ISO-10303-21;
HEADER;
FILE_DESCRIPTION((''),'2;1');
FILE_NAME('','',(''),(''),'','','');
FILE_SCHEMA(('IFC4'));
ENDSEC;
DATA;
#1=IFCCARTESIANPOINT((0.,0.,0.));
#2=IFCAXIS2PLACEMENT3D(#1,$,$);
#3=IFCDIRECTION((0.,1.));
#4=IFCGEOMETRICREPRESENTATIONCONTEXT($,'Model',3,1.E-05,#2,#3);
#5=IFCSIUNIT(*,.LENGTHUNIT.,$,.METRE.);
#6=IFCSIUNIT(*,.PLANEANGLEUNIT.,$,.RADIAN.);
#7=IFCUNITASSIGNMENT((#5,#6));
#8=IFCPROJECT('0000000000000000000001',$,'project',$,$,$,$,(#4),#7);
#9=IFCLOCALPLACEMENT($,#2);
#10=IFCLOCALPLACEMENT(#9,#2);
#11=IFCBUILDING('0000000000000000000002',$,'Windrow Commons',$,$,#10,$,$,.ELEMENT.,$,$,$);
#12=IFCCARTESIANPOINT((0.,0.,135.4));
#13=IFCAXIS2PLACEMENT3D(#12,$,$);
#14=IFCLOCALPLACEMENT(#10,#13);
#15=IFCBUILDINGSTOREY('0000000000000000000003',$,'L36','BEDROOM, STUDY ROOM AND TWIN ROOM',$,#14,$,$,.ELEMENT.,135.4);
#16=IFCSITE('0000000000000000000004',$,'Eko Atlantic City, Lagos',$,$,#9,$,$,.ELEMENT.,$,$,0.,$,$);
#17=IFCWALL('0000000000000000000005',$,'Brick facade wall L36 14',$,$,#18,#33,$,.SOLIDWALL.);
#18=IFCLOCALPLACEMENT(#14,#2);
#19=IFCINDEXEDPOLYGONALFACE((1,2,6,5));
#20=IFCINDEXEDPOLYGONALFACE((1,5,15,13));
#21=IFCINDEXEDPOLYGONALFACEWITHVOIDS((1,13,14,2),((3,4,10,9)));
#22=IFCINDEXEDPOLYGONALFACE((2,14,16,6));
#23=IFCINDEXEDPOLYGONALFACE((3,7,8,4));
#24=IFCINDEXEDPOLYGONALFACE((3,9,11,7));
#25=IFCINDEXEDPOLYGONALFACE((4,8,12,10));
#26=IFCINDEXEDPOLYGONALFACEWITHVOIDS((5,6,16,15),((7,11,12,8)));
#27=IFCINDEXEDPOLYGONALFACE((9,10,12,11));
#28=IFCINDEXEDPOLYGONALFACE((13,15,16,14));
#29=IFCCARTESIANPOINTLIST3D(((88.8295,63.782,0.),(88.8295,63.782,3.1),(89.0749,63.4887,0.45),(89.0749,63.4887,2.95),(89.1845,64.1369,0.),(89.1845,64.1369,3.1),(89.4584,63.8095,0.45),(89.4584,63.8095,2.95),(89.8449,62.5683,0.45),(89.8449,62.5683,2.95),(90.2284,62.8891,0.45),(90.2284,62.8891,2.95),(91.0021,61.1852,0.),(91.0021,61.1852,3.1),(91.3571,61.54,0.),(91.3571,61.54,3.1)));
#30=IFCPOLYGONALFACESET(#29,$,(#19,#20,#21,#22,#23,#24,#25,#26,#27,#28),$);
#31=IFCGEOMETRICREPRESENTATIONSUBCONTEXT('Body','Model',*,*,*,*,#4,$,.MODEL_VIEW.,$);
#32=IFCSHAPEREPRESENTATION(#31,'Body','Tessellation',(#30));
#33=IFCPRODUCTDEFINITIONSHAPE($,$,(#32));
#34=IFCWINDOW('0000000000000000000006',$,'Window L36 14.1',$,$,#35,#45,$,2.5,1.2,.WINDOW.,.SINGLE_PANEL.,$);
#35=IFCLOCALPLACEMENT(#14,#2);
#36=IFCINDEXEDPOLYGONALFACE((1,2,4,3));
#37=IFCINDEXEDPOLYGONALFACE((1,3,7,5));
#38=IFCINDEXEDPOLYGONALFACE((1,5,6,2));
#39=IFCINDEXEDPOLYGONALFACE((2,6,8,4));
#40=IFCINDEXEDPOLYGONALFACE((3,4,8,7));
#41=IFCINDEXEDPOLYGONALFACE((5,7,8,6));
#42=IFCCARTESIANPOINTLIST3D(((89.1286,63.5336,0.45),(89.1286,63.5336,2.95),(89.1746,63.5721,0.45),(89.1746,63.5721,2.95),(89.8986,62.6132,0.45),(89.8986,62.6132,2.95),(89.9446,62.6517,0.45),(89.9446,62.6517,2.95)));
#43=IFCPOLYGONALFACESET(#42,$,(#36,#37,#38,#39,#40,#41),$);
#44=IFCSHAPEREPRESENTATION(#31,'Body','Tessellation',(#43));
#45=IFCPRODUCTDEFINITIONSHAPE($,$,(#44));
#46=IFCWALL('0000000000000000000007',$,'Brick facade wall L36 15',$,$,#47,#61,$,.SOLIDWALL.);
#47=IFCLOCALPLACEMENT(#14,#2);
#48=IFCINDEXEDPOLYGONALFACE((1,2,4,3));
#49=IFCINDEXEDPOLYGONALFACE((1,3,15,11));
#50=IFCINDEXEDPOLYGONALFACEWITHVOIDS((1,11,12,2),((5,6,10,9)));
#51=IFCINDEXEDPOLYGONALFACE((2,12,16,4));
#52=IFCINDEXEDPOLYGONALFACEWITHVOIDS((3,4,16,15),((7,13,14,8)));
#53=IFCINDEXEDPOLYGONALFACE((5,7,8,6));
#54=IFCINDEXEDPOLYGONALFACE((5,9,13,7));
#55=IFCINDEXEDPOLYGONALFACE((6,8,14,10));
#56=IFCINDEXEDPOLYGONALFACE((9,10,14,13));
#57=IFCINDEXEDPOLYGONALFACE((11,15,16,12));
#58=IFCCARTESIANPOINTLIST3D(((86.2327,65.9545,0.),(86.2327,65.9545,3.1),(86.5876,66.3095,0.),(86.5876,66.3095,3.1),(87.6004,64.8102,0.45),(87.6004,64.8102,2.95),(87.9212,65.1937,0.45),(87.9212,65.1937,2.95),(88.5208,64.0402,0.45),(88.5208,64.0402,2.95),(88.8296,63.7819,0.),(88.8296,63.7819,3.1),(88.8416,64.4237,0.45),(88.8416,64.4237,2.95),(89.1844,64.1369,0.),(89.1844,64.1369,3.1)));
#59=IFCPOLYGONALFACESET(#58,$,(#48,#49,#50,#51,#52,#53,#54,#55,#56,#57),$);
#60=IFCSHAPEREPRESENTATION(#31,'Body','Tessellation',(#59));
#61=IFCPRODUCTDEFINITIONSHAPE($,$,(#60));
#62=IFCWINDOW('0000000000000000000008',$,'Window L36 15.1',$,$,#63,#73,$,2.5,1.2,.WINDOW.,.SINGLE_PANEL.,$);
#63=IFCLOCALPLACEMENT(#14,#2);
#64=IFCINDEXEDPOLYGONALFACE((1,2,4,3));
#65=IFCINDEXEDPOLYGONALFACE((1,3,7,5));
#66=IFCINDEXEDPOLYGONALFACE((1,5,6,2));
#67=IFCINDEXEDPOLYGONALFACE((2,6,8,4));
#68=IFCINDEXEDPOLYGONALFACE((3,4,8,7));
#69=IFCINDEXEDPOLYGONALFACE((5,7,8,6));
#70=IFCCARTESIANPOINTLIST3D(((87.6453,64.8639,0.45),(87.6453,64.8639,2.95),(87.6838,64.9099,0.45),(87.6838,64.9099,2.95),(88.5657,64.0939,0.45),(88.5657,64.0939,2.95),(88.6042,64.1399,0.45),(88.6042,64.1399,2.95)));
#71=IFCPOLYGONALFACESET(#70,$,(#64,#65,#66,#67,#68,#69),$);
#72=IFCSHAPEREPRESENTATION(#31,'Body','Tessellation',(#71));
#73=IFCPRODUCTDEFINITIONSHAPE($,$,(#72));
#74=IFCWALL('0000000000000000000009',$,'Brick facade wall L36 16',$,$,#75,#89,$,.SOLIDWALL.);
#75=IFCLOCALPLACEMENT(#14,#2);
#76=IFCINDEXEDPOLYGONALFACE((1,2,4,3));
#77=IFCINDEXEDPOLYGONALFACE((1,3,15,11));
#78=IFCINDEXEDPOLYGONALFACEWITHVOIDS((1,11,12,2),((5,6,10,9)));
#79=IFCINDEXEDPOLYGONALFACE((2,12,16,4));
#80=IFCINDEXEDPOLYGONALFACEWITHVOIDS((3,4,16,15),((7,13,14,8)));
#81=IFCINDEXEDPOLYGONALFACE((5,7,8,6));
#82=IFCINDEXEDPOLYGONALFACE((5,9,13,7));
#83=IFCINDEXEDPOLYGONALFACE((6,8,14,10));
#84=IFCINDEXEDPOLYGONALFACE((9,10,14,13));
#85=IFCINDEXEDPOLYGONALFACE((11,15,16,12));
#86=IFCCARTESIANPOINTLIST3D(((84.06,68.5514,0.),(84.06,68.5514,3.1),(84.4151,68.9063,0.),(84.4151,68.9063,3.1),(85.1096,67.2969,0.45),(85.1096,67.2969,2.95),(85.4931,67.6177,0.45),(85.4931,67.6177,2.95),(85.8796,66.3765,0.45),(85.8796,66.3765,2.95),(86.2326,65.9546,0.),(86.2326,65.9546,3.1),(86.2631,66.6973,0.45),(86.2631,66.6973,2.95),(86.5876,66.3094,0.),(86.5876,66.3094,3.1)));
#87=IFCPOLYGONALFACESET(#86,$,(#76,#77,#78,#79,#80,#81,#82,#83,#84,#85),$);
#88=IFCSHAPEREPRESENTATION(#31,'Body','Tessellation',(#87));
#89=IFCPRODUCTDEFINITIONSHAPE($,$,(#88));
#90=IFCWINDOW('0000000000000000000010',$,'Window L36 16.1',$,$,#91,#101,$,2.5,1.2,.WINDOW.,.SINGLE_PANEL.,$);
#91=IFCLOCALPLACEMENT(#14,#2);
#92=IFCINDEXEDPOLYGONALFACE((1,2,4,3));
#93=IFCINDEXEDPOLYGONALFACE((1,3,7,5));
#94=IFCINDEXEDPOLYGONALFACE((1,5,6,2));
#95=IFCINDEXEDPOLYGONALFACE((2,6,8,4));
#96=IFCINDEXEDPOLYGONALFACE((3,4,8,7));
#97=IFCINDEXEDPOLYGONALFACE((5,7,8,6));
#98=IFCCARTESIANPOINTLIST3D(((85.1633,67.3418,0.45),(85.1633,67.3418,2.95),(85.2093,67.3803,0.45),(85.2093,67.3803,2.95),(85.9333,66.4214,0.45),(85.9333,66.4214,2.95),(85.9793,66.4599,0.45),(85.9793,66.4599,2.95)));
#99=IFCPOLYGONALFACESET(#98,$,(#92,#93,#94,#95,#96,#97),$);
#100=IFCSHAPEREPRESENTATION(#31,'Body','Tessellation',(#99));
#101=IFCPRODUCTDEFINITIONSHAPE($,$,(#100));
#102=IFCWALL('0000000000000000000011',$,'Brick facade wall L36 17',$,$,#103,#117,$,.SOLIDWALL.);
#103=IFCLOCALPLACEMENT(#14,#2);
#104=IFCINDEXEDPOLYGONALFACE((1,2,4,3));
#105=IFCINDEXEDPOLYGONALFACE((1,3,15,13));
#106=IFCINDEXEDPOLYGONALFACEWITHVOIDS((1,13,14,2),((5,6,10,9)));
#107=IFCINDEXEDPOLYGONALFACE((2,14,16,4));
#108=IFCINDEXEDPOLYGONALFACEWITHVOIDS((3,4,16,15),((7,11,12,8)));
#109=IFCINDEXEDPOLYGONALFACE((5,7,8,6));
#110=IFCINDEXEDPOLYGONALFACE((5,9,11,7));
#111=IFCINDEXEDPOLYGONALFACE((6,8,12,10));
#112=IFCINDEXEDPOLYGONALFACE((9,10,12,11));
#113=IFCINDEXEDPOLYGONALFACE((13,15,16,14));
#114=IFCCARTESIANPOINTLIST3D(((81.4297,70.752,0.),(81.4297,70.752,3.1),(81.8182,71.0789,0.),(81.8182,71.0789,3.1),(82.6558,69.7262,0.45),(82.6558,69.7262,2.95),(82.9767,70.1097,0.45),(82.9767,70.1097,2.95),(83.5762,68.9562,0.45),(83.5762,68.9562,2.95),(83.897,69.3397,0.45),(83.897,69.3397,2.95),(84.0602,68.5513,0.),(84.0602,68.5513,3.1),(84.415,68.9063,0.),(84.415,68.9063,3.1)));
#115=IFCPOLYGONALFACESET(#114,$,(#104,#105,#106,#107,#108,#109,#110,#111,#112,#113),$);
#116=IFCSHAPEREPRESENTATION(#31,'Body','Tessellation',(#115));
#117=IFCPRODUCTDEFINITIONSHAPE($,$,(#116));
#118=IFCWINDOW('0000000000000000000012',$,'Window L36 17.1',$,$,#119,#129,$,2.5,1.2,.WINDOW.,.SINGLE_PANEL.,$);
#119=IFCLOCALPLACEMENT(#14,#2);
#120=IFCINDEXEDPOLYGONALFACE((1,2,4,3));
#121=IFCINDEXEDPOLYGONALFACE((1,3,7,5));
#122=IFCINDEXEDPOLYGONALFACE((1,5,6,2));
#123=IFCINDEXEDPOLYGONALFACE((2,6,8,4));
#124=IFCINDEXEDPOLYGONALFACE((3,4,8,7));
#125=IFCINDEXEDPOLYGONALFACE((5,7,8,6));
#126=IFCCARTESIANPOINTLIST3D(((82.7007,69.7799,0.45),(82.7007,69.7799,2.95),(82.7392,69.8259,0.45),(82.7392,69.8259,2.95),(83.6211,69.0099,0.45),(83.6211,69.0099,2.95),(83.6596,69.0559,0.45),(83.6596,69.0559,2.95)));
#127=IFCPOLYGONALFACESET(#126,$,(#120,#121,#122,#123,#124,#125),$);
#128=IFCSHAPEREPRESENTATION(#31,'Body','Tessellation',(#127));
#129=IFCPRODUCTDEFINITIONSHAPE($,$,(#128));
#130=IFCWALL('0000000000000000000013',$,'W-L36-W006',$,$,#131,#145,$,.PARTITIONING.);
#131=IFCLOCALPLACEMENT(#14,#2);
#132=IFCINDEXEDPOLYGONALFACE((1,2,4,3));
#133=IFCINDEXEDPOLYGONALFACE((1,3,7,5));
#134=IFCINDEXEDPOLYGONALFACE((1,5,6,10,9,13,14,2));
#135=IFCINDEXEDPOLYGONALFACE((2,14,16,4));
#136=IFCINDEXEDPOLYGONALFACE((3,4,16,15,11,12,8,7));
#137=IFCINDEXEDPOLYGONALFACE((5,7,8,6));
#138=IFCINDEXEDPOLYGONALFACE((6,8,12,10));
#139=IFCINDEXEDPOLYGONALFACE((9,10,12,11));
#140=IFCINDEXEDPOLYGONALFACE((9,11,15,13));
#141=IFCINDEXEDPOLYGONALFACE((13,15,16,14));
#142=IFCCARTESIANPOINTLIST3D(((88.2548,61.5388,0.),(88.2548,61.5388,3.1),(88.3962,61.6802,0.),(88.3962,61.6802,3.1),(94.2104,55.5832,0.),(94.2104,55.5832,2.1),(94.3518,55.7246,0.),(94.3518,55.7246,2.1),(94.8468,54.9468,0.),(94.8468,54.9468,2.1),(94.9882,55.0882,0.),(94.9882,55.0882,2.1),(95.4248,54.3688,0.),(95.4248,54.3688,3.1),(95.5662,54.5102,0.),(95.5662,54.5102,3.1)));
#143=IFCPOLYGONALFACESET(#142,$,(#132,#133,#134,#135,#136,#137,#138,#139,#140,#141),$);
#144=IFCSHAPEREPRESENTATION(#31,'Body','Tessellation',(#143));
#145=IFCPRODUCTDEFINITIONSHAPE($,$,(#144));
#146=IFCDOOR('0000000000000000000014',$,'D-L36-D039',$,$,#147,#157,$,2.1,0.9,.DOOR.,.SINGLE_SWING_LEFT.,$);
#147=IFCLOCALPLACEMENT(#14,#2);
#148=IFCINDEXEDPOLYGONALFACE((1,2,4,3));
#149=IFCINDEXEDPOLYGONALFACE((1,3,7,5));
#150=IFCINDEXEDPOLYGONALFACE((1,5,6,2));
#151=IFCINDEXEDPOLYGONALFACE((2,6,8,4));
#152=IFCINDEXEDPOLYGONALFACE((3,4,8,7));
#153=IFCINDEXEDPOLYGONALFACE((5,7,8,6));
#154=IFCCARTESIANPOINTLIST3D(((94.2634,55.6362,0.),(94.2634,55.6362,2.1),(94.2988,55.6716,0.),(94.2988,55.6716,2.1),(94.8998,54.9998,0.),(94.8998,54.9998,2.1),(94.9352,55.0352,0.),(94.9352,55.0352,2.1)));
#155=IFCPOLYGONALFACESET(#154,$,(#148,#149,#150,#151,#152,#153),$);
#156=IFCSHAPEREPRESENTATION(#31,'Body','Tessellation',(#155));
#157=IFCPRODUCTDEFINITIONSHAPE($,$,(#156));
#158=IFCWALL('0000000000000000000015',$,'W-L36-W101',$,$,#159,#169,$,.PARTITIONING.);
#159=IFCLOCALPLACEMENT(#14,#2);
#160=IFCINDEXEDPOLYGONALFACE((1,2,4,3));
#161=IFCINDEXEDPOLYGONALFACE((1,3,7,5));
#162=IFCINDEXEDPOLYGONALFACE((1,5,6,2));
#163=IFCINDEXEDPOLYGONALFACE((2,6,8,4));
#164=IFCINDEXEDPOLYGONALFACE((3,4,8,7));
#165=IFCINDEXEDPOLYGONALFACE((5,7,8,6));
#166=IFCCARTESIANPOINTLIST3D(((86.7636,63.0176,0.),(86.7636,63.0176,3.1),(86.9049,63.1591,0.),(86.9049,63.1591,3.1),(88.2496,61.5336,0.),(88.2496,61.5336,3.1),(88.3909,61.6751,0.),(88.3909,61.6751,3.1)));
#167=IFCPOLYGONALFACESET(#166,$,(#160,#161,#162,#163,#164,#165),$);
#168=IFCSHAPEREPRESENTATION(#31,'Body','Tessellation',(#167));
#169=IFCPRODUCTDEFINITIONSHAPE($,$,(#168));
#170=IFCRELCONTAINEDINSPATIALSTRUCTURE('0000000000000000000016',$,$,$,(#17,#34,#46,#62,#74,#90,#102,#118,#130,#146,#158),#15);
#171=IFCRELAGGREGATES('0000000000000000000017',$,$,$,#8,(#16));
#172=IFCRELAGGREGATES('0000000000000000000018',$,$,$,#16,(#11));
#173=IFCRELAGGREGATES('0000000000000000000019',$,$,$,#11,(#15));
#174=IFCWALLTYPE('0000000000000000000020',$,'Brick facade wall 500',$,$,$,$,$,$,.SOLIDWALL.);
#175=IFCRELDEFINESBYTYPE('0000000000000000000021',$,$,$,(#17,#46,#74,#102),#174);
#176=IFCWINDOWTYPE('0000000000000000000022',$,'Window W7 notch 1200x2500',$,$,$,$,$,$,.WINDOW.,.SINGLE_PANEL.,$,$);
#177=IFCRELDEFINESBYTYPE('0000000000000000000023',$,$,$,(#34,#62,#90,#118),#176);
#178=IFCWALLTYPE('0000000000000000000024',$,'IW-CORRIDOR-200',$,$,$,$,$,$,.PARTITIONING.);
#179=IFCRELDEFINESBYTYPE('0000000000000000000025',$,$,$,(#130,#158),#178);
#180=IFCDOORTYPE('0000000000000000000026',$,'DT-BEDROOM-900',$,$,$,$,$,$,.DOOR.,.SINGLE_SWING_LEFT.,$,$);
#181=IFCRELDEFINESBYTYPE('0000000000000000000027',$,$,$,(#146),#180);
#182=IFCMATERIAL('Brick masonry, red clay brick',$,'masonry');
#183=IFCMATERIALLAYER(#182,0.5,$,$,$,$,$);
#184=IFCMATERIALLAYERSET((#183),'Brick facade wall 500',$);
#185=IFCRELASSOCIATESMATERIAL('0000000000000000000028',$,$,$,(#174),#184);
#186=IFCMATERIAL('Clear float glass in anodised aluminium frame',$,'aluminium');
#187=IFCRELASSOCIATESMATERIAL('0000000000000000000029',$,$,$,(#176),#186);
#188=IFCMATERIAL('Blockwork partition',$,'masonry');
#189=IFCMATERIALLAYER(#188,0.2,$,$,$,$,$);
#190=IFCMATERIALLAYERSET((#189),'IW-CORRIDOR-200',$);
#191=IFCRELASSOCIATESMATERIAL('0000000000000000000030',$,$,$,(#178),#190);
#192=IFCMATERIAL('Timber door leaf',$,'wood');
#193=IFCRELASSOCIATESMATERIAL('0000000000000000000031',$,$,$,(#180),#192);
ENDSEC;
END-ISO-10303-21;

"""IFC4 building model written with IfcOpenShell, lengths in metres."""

from ifc_helpers import new_model, si_unit, direction, frame, frame_2d, origin, place, context, subcontext, project, spatial, polyline, rectangle, outline, extrude, material, layer, layer_set, type_object, element, fill, save


model = new_model("IFC4")

# Units and contexts
model_context = context("Model", 3, precision=1e-05, world=origin(), true_north=direction((0.0, 1.0)))
body_context = subcontext(model_context, "Body", "Model", "MODEL_VIEW")
ifc_project = project(units=[si_unit("LENGTHUNIT", "METRE"), si_unit("PLANEANGLEUNIT", "RADIAN")], contexts=[model_context])

# Site, building, storey
site_placement = place(None, origin())
site = spatial("IfcSite", under=ifc_project, at=site_placement, Name="Eko Atlantic City, Lagos", CompositionType="ELEMENT", RefElevation=0.0)
building_placement = place(site_placement, origin())
building = spatial("IfcBuilding", under=site, at=building_placement, Name="Windrow Commons", CompositionType="ELEMENT")
storey_placement = place(building_placement, frame((0.0, 0.0, 135.4)))
storey = spatial("IfcBuildingStorey", under=building, at=storey_placement, Name="L36", Description="BEDROOM, STUDY ROOM AND TWIN ROOM", CompositionType="ELEMENT", Elevation=135.4)

# Walls, openings, windows
ifc_material_1 = material(Name="Brick masonry, red clay brick", Category="masonry")
ifc_layer_1 = layer(ifc_material_1, 0.5)
ifc_layer_set_1 = layer_set([ifc_layer_1], Name="Brick facade wall 500")
wall_type_1 = type_object("IfcWallType", Name="Brick facade wall 500", PredefinedType="SOLIDWALL", material=ifc_layer_set_1)
ifc_material_2 = material(Name="Clear float glass in anodised aluminium frame", Category="aluminium")
window_type = type_object("IfcWindowType", Name="Window W7 notch 1200x2500", PartitioningType="SINGLE_PANEL", PredefinedType="WINDOW", material=ifc_material_2)
wall_1_placement = place(storey_placement, frame((91.1796, 61.3626, 0.0), z_axis=(0.0, 0.0, 1.0), x_axis=(-0.641682, 0.766971, 0.0)))
wall_1 = element("IfcWall", 1, at=wall_1_placement, inside=storey, type_object=wall_type_1, Name="Brick facade wall L36 14", PredefinedType="SOLIDWALL", context=body_context, shape_type="SweptSolid", body=[
    extrude(outline(polyline([(0.0222, -0.25), (3.408, -0.25), (3.3636, 0.25), (-0.0222, 0.25), (0.0222, -0.25)])), origin(), (0.0, 0.0, 1.0), 3.1),
])
opening_1_placement = place(wall_1_placement, frame((1.7812, 0.0, 0.45)))
opening_1 = element("IfcOpeningElement", 2, at=opening_1_placement, cuts=wall_1, PredefinedType="OPENING", context=body_context, shape_type="SweptSolid", body=[
    extrude(rectangle(XDim=1.2, YDim=2.5, at=frame_2d((0.6, 1.25))), frame((0.0, 0.26, 0.0), z_axis=(0.0, -1.0, 0.0), x_axis=(1.0, 0.0, 0.0)), (0.0, 0.0, 1.0), 0.52),
])
window_1_placement = place(opening_1_placement, origin())
window_1 = element("IfcWindow", 3, at=window_1_placement, inside=storey, type_object=window_type, Name="Window L36 14.1", OverallHeight=2.5, OverallWidth=1.2, PartitioningType="SINGLE_PANEL", PredefinedType="WINDOW", context=body_context, shape_type="SweptSolid", body=[
    extrude(rectangle(XDim=1.2, YDim=2.5, at=frame_2d((0.6, 1.25))), frame((0.0, 0.18, 0.0), z_axis=(0.0, -1.0, 0.0), x_axis=(1.0, 0.0, 0.0)), (0.0, 0.0, 1.0), 0.06),
])
fill(opening_1, window_1)
wall_2_placement = place(storey_placement, frame((89.007, 63.9594, 0.0), z_axis=(0.0, 0.0, 1.0), x_axis=(-0.766983, 0.641668, 0.0)))
wall_2 = element("IfcWall", 4, at=wall_2_placement, inside=storey, type_object=wall_type_1, Name="Brick facade wall L36 15", PredefinedType="SOLIDWALL", context=body_context, shape_type="SweptSolid", body=[
    extrude(outline(polyline([(-0.0222, -0.25), (3.3636, -0.25), (3.408, 0.25), (0.0222, 0.25), (-0.0222, -0.25)])), origin(), (0.0, 0.0, 1.0), 3.1),
])
opening_2_placement = place(wall_2_placement, frame((0.4248, 0.0, 0.45)))
opening_2 = element("IfcOpeningElement", 5, at=opening_2_placement, cuts=wall_2, PredefinedType="OPENING", context=body_context, shape_type="SweptSolid", body=[
    extrude(rectangle(XDim=1.2, YDim=2.5, at=frame_2d((0.6, 1.25))), frame((0.0, 0.26, 0.0), z_axis=(0.0, -1.0, 0.0), x_axis=(1.0, 0.0, 0.0)), (0.0, 0.0, 1.0), 0.52),
])
window_2_placement = place(opening_2_placement, origin())
window_2 = element("IfcWindow", 6, at=window_2_placement, inside=storey, type_object=window_type, Name="Window L36 15.1", OverallHeight=2.5, OverallWidth=1.2, PartitioningType="SINGLE_PANEL", PredefinedType="WINDOW", context=body_context, shape_type="SweptSolid", body=[
    extrude(rectangle(XDim=1.2, YDim=2.5, at=frame_2d((0.6, 1.25))), frame((0.0, 0.18, 0.0), z_axis=(0.0, -1.0, 0.0), x_axis=(1.0, 0.0, 0.0)), (0.0, 0.0, 1.0), 0.06),
])
fill(opening_2, window_2)
wall_3_placement = place(storey_placement, frame((86.4101, 66.132, 0.0), z_axis=(0.0, 0.0, 1.0), x_axis=(-0.641665, 0.766985, 0.0)))
wall_3 = element("IfcWall", 7, at=wall_3_placement, inside=storey, type_object=wall_type_1, Name="Brick facade wall L36 16", PredefinedType="SOLIDWALL", context=body_context, shape_type="SweptSolid", body=[
    extrude(outline(polyline([(0.0222, -0.25), (3.408, -0.25), (3.3636, 0.25), (-0.0222, 0.25), (0.0222, -0.25)])), origin(), (0.0, 0.0, 1.0), 3.1),
])
opening_3_placement = place(wall_3_placement, frame((0.5279, 0.0, 0.45)))
opening_3 = element("IfcOpeningElement", 8, at=opening_3_placement, cuts=wall_3, PredefinedType="OPENING", context=body_context, shape_type="SweptSolid", body=[
    extrude(rectangle(XDim=1.2, YDim=2.5, at=frame_2d((0.6, 1.25))), frame((0.0, 0.26, 0.0), z_axis=(0.0, -1.0, 0.0), x_axis=(1.0, 0.0, 0.0)), (0.0, 0.0, 1.0), 0.52),
])
window_3_placement = place(opening_3_placement, origin())
window_3 = element("IfcWindow", 9, at=window_3_placement, inside=storey, type_object=window_type, Name="Window L36 16.1", OverallHeight=2.5, OverallWidth=1.2, PartitioningType="SINGLE_PANEL", PredefinedType="WINDOW", context=body_context, shape_type="SweptSolid", body=[
    extrude(rectangle(XDim=1.2, YDim=2.5, at=frame_2d((0.6, 1.25))), frame((0.0, 0.18, 0.0), z_axis=(0.0, -1.0, 0.0), x_axis=(1.0, 0.0, 0.0)), (0.0, 0.0, 1.0), 0.06),
])
fill(opening_3, window_3)
wall_4_placement = place(storey_placement, frame((84.2376, 68.7288, 0.0), z_axis=(0.0, 0.0, 1.0), x_axis=(-0.766976, 0.641675, 0.0)))
wall_4 = element("IfcWall", 10, at=wall_4_placement, inside=storey, type_object=wall_type_1, Name="Brick facade wall L36 17", PredefinedType="SOLIDWALL", context=body_context, shape_type="SweptSolid", body=[
    extrude(outline(polyline([(-0.0222, -0.25), (3.3636, -0.25), (3.4518, 0.25), (0.0222, 0.25), (-0.0222, -0.25)])), origin(), (0.0, 0.0, 1.0), 3.1),
])
opening_4_placement = place(wall_4_placement, frame((0.6532, 0.0, 0.45)))
opening_4 = element("IfcOpeningElement", 11, at=opening_4_placement, cuts=wall_4, PredefinedType="OPENING", context=body_context, shape_type="SweptSolid", body=[
    extrude(rectangle(XDim=1.2, YDim=2.5, at=frame_2d((0.6, 1.25))), frame((0.0, 0.26, 0.0), z_axis=(0.0, -1.0, 0.0), x_axis=(1.0, 0.0, 0.0)), (0.0, 0.0, 1.0), 0.52),
])
window_4_placement = place(opening_4_placement, origin())
window_4 = element("IfcWindow", 12, at=window_4_placement, inside=storey, type_object=window_type, Name="Window L36 17.1", OverallHeight=2.5, OverallWidth=1.2, PartitioningType="SINGLE_PANEL", PredefinedType="WINDOW", context=body_context, shape_type="SweptSolid", body=[
    extrude(rectangle(XDim=1.2, YDim=2.5, at=frame_2d((0.6, 1.25))), frame((0.0, 0.18, 0.0), z_axis=(0.0, -1.0, 0.0), x_axis=(1.0, 0.0, 0.0)), (0.0, 0.0, 1.0), 0.06),
])
fill(opening_4, window_4)

# Wall, opening, door
ifc_material_3 = material(Name="Blockwork partition", Category="masonry")
ifc_layer_2 = layer(ifc_material_3, 0.2)
ifc_layer_set_2 = layer_set([ifc_layer_2], Name="IW-CORRIDOR-200")
wall_type_2 = type_object("IfcWallType", Name="IW-CORRIDOR-200", PredefinedType="PARTITIONING", material=ifc_layer_set_2)
wall_5_placement = place(storey_placement, frame((88.3255, 61.6095, 0.0), z_axis=(0.0, 0.0, 1.0), x_axis=(0.707107, -0.707107, 0.0)))
wall_5 = element("IfcWall", 13, at=wall_5_placement, inside=storey, type_object=wall_type_2, Name="W-L36-W006", PredefinedType="PARTITIONING", context=body_context, shape_type="SweptSolid", body=[
    extrude(rectangle(XDim=10.1399, YDim=0.2, at=frame_2d((5.07, 0.0))), origin(), (0.0, 0.0, 1.0), 3.1),
])
opening_5_placement = place(wall_5_placement, frame((8.4225, 0.0, 0.0)))
opening_5 = element("IfcOpeningElement", 14, at=opening_5_placement, cuts=wall_5, PredefinedType="OPENING", context=body_context, shape_type="SweptSolid", body=[
    extrude(rectangle(XDim=0.9, YDim=2.1, at=frame_2d((0.45, 1.05))), frame((0.0, 0.11, 0.0), z_axis=(0.0, -1.0, 0.0), x_axis=(1.0, 0.0, 0.0)), (0.0, 0.0, 1.0), 0.22),
])
ifc_material_4 = material(Name="Timber door leaf", Category="wood")
door_type_1 = type_object("IfcDoorType", Name="DT-BEDROOM-900", OperationType="SINGLE_SWING_LEFT", PredefinedType="DOOR", material=ifc_material_4)
door_1_placement = place(opening_5_placement, origin())
door_1 = element("IfcDoor", 15, at=door_1_placement, inside=storey, type_object=door_type_1, Name="D-L36-D039", OperationType="SINGLE_SWING_LEFT", OverallHeight=2.1, OverallWidth=0.9, PredefinedType="DOOR", context=body_context, shape_type="SweptSolid", body=[
    extrude(rectangle(XDim=0.9, YDim=2.1, at=frame_2d((0.45, 1.05))), frame((0.0, 0.025, 0.0), z_axis=(0.0, -1.0, 0.0), x_axis=(1.0, 0.0, 0.0)), (0.0, 0.0, 1.0), 0.05),
])
fill(opening_5, door_1)

# Wall
wall_6_placement = place(storey_placement, frame((86.8343, 63.0883, 0.0), z_axis=(0.0, 0.0, 1.0), x_axis=(0.707583, -0.70663, 0.0)))
element("IfcWall", 16, at=wall_6_placement, inside=storey, type_object=wall_type_2, Name="W-L36-W101", PredefinedType="PARTITIONING", context=body_context, shape_type="SweptSolid", body=[
    extrude(rectangle(XDim=2.1001, YDim=0.2, at=frame_2d((1.05, 0.0))), origin(), (0.0, 0.0, 1.0), 3.1),
])

save(model, "model.ifc")
